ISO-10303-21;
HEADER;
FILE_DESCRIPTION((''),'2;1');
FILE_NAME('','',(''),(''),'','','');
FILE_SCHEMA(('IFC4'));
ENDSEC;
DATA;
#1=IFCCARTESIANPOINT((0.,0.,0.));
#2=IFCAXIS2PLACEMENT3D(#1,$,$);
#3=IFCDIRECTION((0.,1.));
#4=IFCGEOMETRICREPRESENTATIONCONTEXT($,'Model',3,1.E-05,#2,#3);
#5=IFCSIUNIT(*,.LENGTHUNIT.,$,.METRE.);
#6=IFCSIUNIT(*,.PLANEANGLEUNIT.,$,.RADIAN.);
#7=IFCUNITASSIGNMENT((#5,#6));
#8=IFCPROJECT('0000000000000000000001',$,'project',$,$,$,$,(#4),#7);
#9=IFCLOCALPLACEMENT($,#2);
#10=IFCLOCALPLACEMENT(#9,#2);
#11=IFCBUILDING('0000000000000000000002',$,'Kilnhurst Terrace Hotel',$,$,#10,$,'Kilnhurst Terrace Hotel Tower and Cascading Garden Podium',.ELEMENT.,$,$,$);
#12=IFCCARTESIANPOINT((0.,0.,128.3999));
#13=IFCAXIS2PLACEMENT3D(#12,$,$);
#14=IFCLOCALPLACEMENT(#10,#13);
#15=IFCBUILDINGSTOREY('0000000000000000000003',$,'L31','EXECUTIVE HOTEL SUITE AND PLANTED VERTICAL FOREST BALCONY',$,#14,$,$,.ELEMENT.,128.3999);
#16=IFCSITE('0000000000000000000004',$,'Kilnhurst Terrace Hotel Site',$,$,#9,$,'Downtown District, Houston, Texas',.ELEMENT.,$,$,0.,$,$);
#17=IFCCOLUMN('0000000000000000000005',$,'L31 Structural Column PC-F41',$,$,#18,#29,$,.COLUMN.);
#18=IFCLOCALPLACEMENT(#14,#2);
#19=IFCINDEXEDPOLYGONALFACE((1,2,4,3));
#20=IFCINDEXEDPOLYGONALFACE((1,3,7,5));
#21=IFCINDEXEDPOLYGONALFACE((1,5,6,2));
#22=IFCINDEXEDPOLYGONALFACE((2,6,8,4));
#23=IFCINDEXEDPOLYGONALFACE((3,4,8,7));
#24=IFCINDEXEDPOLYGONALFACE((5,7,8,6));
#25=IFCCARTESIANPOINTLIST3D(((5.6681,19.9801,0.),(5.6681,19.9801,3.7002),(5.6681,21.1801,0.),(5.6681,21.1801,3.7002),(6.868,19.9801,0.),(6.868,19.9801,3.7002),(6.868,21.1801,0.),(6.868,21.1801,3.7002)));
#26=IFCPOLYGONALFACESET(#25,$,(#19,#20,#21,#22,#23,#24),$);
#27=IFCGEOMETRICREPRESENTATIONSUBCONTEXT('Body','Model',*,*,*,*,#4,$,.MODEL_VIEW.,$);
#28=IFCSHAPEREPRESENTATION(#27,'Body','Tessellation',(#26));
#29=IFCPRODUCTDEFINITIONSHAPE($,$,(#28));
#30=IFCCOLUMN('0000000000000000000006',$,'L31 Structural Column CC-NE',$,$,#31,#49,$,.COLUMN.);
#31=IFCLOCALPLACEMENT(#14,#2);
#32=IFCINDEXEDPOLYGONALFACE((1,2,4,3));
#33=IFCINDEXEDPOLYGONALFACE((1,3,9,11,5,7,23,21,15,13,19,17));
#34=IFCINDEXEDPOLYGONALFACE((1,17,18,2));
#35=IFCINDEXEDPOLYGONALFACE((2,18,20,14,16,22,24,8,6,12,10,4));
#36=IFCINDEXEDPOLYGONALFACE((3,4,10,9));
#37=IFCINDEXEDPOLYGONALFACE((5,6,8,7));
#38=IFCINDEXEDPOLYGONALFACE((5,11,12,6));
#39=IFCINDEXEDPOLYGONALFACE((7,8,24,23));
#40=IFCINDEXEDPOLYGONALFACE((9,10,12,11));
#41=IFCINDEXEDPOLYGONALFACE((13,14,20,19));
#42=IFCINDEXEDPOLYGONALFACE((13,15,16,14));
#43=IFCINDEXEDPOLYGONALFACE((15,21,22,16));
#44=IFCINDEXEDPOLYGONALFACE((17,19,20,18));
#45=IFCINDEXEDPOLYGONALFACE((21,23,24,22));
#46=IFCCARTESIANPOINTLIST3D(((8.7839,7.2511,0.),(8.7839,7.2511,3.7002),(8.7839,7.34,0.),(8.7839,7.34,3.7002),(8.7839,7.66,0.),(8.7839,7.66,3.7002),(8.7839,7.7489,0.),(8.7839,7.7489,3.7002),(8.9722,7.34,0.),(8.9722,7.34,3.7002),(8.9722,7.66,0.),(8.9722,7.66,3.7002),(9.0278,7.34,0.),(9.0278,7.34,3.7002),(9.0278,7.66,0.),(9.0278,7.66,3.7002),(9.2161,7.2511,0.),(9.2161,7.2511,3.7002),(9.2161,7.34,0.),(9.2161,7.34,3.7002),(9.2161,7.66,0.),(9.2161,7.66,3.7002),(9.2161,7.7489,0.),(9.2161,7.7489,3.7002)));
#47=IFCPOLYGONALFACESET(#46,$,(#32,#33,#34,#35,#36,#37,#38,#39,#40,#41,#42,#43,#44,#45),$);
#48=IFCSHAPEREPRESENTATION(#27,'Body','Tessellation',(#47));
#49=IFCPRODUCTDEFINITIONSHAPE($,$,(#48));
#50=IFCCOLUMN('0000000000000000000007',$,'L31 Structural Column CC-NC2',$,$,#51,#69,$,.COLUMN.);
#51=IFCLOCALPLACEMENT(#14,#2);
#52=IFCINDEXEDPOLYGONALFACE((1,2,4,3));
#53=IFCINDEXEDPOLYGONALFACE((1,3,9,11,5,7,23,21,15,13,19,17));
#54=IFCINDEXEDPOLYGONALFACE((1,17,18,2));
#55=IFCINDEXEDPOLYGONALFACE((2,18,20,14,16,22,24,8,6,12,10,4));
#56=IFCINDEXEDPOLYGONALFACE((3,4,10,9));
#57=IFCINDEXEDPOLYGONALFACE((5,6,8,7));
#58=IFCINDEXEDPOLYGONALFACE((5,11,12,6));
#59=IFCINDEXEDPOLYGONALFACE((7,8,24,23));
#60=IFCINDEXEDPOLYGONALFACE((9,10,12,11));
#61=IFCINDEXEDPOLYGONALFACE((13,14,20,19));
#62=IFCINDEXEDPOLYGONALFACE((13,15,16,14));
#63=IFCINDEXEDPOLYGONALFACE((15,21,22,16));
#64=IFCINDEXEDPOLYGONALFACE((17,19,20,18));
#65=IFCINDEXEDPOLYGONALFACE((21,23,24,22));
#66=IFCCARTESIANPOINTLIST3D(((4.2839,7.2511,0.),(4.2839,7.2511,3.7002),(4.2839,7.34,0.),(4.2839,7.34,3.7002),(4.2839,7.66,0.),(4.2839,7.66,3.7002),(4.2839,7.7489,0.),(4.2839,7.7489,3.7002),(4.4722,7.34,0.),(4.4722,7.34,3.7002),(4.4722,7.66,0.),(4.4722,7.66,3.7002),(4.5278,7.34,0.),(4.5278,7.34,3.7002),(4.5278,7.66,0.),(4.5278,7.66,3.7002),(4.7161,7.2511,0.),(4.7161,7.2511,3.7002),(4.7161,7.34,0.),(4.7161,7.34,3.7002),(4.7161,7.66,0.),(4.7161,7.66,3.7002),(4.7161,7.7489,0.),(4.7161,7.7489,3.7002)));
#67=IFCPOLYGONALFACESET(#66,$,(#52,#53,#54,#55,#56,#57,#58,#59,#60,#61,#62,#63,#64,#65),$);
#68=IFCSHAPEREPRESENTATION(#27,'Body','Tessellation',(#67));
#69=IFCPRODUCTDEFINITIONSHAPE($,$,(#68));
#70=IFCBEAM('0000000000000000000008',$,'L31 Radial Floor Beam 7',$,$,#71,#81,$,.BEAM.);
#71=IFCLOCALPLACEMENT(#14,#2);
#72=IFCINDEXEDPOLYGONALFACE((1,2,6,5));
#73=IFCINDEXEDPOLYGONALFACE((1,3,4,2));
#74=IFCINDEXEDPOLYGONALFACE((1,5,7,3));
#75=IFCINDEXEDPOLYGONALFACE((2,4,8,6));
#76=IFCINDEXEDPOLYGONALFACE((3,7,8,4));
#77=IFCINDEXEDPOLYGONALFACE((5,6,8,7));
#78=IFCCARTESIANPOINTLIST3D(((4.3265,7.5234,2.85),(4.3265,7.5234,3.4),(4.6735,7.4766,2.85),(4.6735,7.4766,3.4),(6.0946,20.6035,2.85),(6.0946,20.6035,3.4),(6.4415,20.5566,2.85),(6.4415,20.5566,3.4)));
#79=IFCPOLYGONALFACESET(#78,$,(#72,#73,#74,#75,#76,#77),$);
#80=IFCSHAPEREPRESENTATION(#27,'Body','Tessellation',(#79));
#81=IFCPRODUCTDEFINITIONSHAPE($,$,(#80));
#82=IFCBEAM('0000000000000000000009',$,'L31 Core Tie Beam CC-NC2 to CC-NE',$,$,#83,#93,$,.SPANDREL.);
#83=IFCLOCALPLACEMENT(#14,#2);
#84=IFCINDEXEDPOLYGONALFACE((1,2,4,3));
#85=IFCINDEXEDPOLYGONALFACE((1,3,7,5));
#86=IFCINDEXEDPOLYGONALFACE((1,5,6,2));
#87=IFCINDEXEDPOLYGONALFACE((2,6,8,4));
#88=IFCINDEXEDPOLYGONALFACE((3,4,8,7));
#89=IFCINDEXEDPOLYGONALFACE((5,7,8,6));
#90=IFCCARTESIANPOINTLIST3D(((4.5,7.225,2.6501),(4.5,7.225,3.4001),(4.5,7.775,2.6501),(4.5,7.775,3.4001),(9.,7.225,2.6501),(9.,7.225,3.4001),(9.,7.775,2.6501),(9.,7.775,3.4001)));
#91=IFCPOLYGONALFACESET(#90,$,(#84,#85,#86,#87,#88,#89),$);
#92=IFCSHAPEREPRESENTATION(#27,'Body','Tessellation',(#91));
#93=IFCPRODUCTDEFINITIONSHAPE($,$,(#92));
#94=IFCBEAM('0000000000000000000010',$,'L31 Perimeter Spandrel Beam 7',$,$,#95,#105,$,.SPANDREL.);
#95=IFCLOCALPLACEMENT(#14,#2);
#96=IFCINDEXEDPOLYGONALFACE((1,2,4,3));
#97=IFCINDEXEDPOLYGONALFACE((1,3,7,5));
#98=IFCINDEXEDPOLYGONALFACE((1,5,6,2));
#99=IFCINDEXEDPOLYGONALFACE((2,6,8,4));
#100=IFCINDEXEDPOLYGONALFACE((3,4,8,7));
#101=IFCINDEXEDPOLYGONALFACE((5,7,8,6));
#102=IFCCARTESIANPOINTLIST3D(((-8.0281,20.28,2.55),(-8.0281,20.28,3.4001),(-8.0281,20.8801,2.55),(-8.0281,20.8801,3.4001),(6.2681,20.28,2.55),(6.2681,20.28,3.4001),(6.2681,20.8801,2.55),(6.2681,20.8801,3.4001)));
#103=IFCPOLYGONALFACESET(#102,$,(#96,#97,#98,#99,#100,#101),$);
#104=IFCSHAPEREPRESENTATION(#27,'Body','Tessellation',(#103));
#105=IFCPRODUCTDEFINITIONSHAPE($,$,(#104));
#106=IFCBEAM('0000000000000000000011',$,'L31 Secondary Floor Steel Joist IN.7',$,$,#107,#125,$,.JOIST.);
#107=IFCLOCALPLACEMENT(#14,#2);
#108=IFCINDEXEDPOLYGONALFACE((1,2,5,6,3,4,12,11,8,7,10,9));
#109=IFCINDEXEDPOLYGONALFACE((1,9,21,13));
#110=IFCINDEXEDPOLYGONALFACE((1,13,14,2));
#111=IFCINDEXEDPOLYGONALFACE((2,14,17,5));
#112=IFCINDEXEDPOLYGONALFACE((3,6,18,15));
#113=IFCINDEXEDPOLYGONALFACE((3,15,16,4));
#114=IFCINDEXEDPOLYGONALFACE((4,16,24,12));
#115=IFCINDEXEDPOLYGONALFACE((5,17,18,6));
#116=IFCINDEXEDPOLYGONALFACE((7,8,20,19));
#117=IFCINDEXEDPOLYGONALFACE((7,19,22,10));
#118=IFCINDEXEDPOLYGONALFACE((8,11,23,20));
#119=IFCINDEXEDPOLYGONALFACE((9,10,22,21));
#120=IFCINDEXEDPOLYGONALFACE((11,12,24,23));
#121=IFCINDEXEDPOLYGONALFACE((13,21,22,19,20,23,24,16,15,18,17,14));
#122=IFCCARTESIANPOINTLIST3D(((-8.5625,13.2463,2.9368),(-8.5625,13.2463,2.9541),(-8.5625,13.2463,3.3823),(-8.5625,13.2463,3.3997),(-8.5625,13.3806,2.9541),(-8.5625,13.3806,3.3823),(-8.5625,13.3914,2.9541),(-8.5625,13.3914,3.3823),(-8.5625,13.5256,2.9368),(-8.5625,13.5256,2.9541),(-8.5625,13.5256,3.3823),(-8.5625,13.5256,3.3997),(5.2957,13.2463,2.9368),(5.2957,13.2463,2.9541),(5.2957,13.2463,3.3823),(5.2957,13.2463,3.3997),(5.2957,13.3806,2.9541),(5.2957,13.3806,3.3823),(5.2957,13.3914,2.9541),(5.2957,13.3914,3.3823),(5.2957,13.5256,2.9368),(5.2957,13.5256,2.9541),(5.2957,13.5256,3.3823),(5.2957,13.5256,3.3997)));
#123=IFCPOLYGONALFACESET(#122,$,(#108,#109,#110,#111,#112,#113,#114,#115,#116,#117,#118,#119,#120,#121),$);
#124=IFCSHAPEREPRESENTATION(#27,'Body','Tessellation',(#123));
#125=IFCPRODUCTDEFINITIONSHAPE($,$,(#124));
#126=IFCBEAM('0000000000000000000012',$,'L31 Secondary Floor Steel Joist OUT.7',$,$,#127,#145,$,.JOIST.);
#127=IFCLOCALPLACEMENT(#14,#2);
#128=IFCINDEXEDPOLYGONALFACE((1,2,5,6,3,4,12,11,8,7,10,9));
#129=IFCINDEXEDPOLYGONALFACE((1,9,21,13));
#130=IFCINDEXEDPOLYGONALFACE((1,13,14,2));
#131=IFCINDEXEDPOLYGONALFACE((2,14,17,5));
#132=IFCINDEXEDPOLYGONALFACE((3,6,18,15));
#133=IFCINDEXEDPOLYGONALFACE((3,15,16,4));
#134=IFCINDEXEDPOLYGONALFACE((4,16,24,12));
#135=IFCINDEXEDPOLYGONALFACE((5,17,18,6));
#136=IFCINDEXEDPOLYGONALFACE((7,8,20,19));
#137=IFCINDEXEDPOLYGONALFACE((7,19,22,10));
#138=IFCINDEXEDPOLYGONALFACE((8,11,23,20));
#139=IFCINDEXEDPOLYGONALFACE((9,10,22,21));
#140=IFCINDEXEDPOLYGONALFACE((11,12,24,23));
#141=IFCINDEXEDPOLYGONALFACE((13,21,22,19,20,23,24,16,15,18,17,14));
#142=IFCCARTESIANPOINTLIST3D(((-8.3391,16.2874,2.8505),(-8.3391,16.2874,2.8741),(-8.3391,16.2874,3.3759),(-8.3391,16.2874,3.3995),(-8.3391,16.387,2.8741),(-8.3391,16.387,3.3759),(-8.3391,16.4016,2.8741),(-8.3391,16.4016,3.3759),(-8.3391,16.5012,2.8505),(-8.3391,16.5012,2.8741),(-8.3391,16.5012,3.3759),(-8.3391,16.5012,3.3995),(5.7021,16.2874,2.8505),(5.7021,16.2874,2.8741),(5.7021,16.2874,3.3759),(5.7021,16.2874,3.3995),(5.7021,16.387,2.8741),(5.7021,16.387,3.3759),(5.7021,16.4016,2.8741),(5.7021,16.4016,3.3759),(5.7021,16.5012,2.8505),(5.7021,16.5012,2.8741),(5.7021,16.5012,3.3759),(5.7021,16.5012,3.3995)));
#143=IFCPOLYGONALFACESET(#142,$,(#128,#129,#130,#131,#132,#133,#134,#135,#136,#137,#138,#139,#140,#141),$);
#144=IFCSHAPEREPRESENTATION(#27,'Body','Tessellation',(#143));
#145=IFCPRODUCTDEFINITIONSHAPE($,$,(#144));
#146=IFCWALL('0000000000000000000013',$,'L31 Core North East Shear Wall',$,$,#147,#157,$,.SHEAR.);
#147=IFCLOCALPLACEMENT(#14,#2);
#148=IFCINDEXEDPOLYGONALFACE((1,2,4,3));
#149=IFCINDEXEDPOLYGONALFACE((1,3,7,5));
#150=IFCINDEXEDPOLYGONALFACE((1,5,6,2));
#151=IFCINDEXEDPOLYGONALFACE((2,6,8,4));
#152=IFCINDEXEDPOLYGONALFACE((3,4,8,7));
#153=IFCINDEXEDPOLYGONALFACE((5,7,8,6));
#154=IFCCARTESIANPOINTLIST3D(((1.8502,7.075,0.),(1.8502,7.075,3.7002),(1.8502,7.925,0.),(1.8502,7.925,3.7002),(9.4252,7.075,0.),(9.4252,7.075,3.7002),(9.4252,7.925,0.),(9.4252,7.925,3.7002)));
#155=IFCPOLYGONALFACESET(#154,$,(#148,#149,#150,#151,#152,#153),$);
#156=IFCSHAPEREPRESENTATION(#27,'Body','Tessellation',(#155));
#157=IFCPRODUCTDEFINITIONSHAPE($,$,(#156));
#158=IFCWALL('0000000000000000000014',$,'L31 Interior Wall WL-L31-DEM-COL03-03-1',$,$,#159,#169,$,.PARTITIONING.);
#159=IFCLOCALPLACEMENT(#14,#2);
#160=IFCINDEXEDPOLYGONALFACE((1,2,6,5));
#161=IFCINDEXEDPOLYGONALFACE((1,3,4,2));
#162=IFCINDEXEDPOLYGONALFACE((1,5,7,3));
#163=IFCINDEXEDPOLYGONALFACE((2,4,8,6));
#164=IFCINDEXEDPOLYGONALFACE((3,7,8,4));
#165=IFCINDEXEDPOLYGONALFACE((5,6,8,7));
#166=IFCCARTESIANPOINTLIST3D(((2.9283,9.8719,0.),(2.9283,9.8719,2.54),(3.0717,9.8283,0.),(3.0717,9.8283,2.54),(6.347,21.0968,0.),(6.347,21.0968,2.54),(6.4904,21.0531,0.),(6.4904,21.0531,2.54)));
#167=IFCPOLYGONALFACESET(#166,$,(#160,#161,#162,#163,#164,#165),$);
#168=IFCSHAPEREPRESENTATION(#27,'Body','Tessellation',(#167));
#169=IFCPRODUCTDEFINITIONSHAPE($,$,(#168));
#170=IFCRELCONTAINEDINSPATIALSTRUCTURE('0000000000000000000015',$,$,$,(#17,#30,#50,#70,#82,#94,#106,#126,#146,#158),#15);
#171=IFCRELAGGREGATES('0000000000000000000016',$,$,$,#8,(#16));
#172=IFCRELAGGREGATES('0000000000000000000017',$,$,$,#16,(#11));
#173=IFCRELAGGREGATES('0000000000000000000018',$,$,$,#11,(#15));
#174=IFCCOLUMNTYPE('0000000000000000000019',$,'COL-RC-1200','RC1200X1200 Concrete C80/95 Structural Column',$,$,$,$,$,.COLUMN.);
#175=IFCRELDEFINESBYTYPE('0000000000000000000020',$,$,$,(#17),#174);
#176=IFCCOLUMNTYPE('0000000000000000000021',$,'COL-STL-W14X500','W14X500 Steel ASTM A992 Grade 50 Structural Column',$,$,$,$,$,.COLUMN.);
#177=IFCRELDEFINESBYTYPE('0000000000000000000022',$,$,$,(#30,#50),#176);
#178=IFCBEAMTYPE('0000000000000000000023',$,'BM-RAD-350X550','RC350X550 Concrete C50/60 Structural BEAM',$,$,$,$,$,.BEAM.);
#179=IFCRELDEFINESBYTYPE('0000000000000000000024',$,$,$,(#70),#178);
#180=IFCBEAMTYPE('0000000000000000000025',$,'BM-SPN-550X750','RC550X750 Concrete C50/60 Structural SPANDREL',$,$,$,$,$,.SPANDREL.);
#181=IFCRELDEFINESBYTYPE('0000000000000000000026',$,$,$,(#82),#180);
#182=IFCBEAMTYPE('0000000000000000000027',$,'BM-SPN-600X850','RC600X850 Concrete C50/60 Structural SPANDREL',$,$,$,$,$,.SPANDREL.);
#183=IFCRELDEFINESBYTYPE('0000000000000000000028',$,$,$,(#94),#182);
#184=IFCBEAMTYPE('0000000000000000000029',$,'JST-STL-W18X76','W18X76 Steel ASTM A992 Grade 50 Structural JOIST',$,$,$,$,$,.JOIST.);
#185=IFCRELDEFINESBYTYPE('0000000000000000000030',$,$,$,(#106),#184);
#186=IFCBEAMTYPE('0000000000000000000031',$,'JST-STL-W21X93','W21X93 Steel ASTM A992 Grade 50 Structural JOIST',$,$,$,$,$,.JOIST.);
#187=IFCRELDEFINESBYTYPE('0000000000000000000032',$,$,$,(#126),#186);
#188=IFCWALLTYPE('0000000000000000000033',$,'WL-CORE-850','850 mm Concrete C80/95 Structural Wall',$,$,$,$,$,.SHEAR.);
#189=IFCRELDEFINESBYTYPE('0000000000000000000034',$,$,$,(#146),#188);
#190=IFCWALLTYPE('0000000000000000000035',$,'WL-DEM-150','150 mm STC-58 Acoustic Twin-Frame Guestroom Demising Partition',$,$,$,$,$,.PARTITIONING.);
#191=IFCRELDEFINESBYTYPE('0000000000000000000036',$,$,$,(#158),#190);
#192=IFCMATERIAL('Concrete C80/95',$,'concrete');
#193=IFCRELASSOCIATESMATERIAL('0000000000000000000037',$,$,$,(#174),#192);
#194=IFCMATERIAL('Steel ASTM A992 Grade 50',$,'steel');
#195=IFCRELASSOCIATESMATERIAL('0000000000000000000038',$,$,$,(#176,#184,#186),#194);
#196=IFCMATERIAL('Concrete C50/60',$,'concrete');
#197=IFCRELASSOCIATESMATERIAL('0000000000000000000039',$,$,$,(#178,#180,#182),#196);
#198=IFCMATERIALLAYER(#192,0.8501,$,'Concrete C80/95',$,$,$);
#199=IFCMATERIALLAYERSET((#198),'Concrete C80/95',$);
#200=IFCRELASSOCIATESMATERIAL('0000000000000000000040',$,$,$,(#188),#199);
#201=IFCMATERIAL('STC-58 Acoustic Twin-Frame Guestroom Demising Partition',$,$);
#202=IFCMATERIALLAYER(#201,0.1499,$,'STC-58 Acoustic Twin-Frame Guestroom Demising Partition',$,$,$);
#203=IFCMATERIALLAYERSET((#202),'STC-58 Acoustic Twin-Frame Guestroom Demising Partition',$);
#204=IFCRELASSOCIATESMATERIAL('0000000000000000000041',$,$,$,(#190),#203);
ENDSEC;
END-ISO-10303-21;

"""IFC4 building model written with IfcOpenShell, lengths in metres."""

from ifc_helpers import new_model, si_unit, direction, frame, frame_2d, origin, origin_2d, place, context, subcontext, project, spatial, rectangle, i_section, extrude, material, layer, layer_set, material_profile, profile_set, type_object, element, save


model = new_model("IFC4")

# Units and contexts
model_context = context("Model", 3, precision=1e-05, world=origin(), true_north=direction((0.0, 1.0)))
body_context = subcontext(model_context, "Body", "Model", "MODEL_VIEW")
ifc_project = project(units=[si_unit("LENGTHUNIT", "METRE"), si_unit("PLANEANGLEUNIT", "RADIAN")], contexts=[model_context])

# Site, building, storey
site_placement = place(None, origin())
site = spatial("IfcSite", under=ifc_project, at=site_placement, Name="Kilnhurst Terrace Hotel Site", LongName="Downtown District, Houston, Texas", CompositionType="ELEMENT", RefElevation=0.0)
building_placement = place(site_placement, origin())
building = spatial("IfcBuilding", under=site, at=building_placement, Name="Kilnhurst Terrace Hotel", LongName="Kilnhurst Terrace Hotel Tower and Cascading Garden Podium", CompositionType="ELEMENT")
storey_placement = place(building_placement, frame((0.0, 0.0, 128.3999)))
storey = spatial("IfcBuildingStorey", under=building, at=storey_placement, Name="L31", Description="EXECUTIVE HOTEL SUITE AND PLANTED VERTICAL FOREST BALCONY", CompositionType="ELEMENT", Elevation=128.3999)

# Columns
ifc_material_1 = material(Name="Concrete C80/95", Category="concrete")
ifc_material_profile_1 = material_profile(ifc_material_1, rectangle(XDim=1.2, YDim=1.2, at=origin_2d()), Name="RC1200X1200")
ifc_profile_set_1 = profile_set([ifc_material_profile_1], Name="Concrete C80/95")
column_type_1 = type_object("IfcColumnType", Name="COL-RC-1200", Description="RC1200X1200 Concrete C80/95 Structural Column", PredefinedType="COLUMN", material=ifc_profile_set_1)
column_placement = place(storey_placement, frame((6.2681, 20.5801, 0.0), z_axis=(0.0, 0.0, 1.0), x_axis=(1.0, 0.0, 0.0)))
element("IfcColumn", 1, at=column_placement, inside=storey, type_object=column_type_1, Name="L31 Structural Column PC-F41", PredefinedType="COLUMN", context=body_context, shape_type="SweptSolid", body=[
    extrude(rectangle(XDim=1.2, YDim=1.2, at=origin_2d()), origin(), (0.0, 0.0, 1.0), 3.7002),
])
ifc_material_2 = material(Name="Steel ASTM A992 Grade 50", Category="steel")
ifc_material_profile_2 = material_profile(ifc_material_2, i_section(OverallWidth=0.4321, OverallDepth=0.4978, WebThickness=0.0557, FlangeThickness=0.0889, at=origin_2d()), Name="W14X500")
ifc_profile_set_2 = profile_set([ifc_material_profile_2], Name="Steel ASTM A992 Grade 50")
column_type_2 = type_object("IfcColumnType", Name="COL-STL-W14X500", Description="W14X500 Steel ASTM A992 Grade 50 Structural Column", PredefinedType="COLUMN", material=ifc_profile_set_2)
for number, where, z_axis, x_axis, name in (
    (2, (9.0, 7.5, 0.0), (0.0, 0.0, 1.0), (1.0, 0.0, 0.0), "L31 Structural Column CC-NE"),
    (3, (4.5, 7.5, 0.0), (0.0, 0.0, 1.0), (1.0, 0.0, 0.0), "L31 Structural Column CC-NC2"),
):
    element("IfcColumn", number, at=place(storey_placement, frame(where, z_axis=z_axis, x_axis=x_axis)), inside=storey, type_object=column_type_2, Name=name, PredefinedType="COLUMN", context=body_context, shape_type="SweptSolid", body=[
        extrude(i_section(OverallWidth=0.4321, OverallDepth=0.4978, WebThickness=0.0557, FlangeThickness=0.0889, at=origin_2d()), origin(), (0.0, 0.0, 1.0), 3.7002),
    ])

# Beams
ifc_material_3 = material(Name="Concrete C50/60", Category="concrete")
ifc_material_profile_3 = material_profile(ifc_material_3, rectangle(XDim=0.3501, YDim=0.55, at=origin_2d()), Name="RC350X550")
ifc_profile_set_3 = profile_set([ifc_material_profile_3], Name="Concrete C50/60")
beam_type_1 = type_object("IfcBeamType", Name="BM-RAD-350X550", Description="RC350X550 Concrete C50/60 Structural BEAM", PredefinedType="BEAM", material=ifc_profile_set_3)
beam_1_placement = place(storey_placement, frame((4.5, 7.5, 3.125), z_axis=(0.133954, 0.990988, 0.0), x_axis=(-0.990988, 0.133954, 0.0)))
element("IfcBeam", 4, at=beam_1_placement, inside=storey, type_object=beam_type_1, Name="L31 Radial Floor Beam 7", PredefinedType="BEAM", context=body_context, shape_type="SweptSolid", body=[
    extrude(rectangle(XDim=0.3501, YDim=0.55, at=origin_2d()), origin(), (0.0, 0.0, 1.0), 13.199),
])
ifc_material_profile_4 = material_profile(ifc_material_3, rectangle(XDim=0.55, YDim=0.75, at=origin_2d()), Name="RC550X750")
ifc_profile_set_4 = profile_set([ifc_material_profile_4], Name="Concrete C50/60")
beam_type_2 = type_object("IfcBeamType", Name="BM-SPN-550X750", Description="RC550X750 Concrete C50/60 Structural SPANDREL", PredefinedType="SPANDREL", material=ifc_profile_set_4)
beam_2_placement = place(storey_placement, frame((4.5, 7.5, 3.0251), z_axis=(1.0, 0.0, 0.0), x_axis=(0.0, 1.0, 0.0)))
element("IfcBeam", 5, at=beam_2_placement, inside=storey, type_object=beam_type_2, Name="L31 Core Tie Beam CC-NC2 to CC-NE", PredefinedType="SPANDREL", context=body_context, shape_type="SweptSolid", body=[
    extrude(rectangle(XDim=0.55, YDim=0.75, at=origin_2d()), origin(), (0.0, 0.0, 1.0), 4.5),
])
ifc_material_profile_5 = material_profile(ifc_material_3, rectangle(XDim=0.6001, YDim=0.8501, at=origin_2d()), Name="RC600X850")
ifc_profile_set_5 = profile_set([ifc_material_profile_5], Name="Concrete C50/60")
beam_type_3 = type_object("IfcBeamType", Name="BM-SPN-600X850", Description="RC600X850 Concrete C50/60 Structural SPANDREL", PredefinedType="SPANDREL", material=ifc_profile_set_5)
beam_3_placement = place(storey_placement, frame((6.2681, 20.5801, 2.9751), z_axis=(-1.0, 0.0, 0.0), x_axis=(0.0, -1.0, 0.0)))
element("IfcBeam", 6, at=beam_3_placement, inside=storey, type_object=beam_type_3, Name="L31 Perimeter Spandrel Beam 7", PredefinedType="SPANDREL", context=body_context, shape_type="SweptSolid", body=[
    extrude(rectangle(XDim=0.6001, YDim=0.8501, at=origin_2d()), origin(), (0.0, 0.0, 1.0), 14.2961),
])
ifc_material_profile_6 = material_profile(ifc_material_2, i_section(OverallWidth=0.2793, OverallDepth=0.4629, WebThickness=0.0107, FlangeThickness=0.0173, at=origin_2d()), Name="W18X76")
ifc_profile_set_6 = profile_set([ifc_material_profile_6], Name="Steel ASTM A992 Grade 50")
beam_type_4 = type_object("IfcBeamType", Name="JST-STL-W18X76", Description="W18X76 Steel ASTM A992 Grade 50 Structural JOIST", PredefinedType="JOIST", material=ifc_profile_set_6)
beam_4_placement = place(storey_placement, frame((5.2957, 13.386, 3.1682), z_axis=(-1.0, 0.0, 0.0), x_axis=(0.0, -1.0, 0.0)))
element("IfcBeam", 7, at=beam_4_placement, inside=storey, type_object=beam_type_4, Name="L31 Secondary Floor Steel Joist IN.7", PredefinedType="JOIST", context=body_context, shape_type="SweptSolid", body=[
    extrude(i_section(OverallWidth=0.2793, OverallDepth=0.4629, WebThickness=0.0107, FlangeThickness=0.0173, at=origin_2d()), origin(), (0.0, 0.0, 1.0), 13.8582),
])
ifc_material_profile_7 = material_profile(ifc_material_2, i_section(OverallWidth=0.2139, OverallDepth=0.5491, WebThickness=0.0146, FlangeThickness=0.0237, at=origin_2d()), Name="W21X93")
ifc_profile_set_7 = profile_set([ifc_material_profile_7], Name="Steel ASTM A992 Grade 50")
beam_type_5 = type_object("IfcBeamType", Name="JST-STL-W21X93", Description="W21X93 Steel ASTM A992 Grade 50 Structural JOIST", PredefinedType="JOIST", material=ifc_profile_set_7)
beam_5_placement = place(storey_placement, frame((5.7021, 16.3943, 3.125), z_axis=(-1.0, 0.0, 0.0), x_axis=(0.0, -1.0, 0.0)))
element("IfcBeam", 8, at=beam_5_placement, inside=storey, type_object=beam_type_5, Name="L31 Secondary Floor Steel Joist OUT.7", PredefinedType="JOIST", context=body_context, shape_type="SweptSolid", body=[
    extrude(i_section(OverallWidth=0.2139, OverallDepth=0.5491, WebThickness=0.0146, FlangeThickness=0.0237, at=origin_2d()), origin(), (0.0, 0.0, 1.0), 14.0413),
])

# Walls
ifc_layer_1 = layer(ifc_material_1, 0.8501, Name="Concrete C80/95")
ifc_layer_set_1 = layer_set([ifc_layer_1], Name="Concrete C80/95")
wall_type_1 = type_object("IfcWallType", Name="WL-CORE-850", Description="850 mm Concrete C80/95 Structural Wall", PredefinedType="SHEAR", material=ifc_layer_set_1)
wall_1_placement = place(storey_placement, frame((1.8501, 7.5, 0.0), z_axis=(0.0, 0.0, 1.0), x_axis=(1.0, 0.0, 0.0)))
element("IfcWall", 9, at=wall_1_placement, inside=storey, type_object=wall_type_1, Name="L31 Core North East Shear Wall", PredefinedType="SHEAR", context=body_context, shape_type="SweptSolid", body=[
    extrude(rectangle(XDim=7.575, YDim=0.8501, at=frame_2d((3.7876, 0.0))), origin(), (0.0, 0.0, 1.0), 3.7002),
])
ifc_material_4 = material(Name="STC-58 Acoustic Twin-Frame Guestroom Demising Partition")
ifc_layer_2 = layer(ifc_material_4, 0.1499, Name="STC-58 Acoustic Twin-Frame Guestroom Demising Partition")
ifc_layer_set_2 = layer_set([ifc_layer_2], Name="STC-58 Acoustic Twin-Frame Guestroom Demising Partition")
wall_type_2 = type_object("IfcWallType", Name="WL-DEM-150", Description="150 mm STC-58 Acoustic Twin-Frame Guestroom Demising Partition", PredefinedType="PARTITIONING", material=ifc_layer_set_2)
wall_2_placement = place(storey_placement, frame((3.0, 9.8501, 0.0), z_axis=(0.0, 0.0, 1.0), x_axis=(0.291352, 0.956616, 0.0)))
element("IfcWall", 10, at=wall_2_placement, inside=storey, type_object=wall_type_2, Name="L31 Interior Wall WL-L31-DEM-COL03-03-1", PredefinedType="PARTITIONING", context=body_context, shape_type="SweptSolid", body=[
    extrude(rectangle(XDim=11.7339, YDim=0.1499, at=frame_2d((5.8669, 0.0))), origin(), (0.0, 0.0, 1.0), 2.54),
])

save(model, "model.ifc")
